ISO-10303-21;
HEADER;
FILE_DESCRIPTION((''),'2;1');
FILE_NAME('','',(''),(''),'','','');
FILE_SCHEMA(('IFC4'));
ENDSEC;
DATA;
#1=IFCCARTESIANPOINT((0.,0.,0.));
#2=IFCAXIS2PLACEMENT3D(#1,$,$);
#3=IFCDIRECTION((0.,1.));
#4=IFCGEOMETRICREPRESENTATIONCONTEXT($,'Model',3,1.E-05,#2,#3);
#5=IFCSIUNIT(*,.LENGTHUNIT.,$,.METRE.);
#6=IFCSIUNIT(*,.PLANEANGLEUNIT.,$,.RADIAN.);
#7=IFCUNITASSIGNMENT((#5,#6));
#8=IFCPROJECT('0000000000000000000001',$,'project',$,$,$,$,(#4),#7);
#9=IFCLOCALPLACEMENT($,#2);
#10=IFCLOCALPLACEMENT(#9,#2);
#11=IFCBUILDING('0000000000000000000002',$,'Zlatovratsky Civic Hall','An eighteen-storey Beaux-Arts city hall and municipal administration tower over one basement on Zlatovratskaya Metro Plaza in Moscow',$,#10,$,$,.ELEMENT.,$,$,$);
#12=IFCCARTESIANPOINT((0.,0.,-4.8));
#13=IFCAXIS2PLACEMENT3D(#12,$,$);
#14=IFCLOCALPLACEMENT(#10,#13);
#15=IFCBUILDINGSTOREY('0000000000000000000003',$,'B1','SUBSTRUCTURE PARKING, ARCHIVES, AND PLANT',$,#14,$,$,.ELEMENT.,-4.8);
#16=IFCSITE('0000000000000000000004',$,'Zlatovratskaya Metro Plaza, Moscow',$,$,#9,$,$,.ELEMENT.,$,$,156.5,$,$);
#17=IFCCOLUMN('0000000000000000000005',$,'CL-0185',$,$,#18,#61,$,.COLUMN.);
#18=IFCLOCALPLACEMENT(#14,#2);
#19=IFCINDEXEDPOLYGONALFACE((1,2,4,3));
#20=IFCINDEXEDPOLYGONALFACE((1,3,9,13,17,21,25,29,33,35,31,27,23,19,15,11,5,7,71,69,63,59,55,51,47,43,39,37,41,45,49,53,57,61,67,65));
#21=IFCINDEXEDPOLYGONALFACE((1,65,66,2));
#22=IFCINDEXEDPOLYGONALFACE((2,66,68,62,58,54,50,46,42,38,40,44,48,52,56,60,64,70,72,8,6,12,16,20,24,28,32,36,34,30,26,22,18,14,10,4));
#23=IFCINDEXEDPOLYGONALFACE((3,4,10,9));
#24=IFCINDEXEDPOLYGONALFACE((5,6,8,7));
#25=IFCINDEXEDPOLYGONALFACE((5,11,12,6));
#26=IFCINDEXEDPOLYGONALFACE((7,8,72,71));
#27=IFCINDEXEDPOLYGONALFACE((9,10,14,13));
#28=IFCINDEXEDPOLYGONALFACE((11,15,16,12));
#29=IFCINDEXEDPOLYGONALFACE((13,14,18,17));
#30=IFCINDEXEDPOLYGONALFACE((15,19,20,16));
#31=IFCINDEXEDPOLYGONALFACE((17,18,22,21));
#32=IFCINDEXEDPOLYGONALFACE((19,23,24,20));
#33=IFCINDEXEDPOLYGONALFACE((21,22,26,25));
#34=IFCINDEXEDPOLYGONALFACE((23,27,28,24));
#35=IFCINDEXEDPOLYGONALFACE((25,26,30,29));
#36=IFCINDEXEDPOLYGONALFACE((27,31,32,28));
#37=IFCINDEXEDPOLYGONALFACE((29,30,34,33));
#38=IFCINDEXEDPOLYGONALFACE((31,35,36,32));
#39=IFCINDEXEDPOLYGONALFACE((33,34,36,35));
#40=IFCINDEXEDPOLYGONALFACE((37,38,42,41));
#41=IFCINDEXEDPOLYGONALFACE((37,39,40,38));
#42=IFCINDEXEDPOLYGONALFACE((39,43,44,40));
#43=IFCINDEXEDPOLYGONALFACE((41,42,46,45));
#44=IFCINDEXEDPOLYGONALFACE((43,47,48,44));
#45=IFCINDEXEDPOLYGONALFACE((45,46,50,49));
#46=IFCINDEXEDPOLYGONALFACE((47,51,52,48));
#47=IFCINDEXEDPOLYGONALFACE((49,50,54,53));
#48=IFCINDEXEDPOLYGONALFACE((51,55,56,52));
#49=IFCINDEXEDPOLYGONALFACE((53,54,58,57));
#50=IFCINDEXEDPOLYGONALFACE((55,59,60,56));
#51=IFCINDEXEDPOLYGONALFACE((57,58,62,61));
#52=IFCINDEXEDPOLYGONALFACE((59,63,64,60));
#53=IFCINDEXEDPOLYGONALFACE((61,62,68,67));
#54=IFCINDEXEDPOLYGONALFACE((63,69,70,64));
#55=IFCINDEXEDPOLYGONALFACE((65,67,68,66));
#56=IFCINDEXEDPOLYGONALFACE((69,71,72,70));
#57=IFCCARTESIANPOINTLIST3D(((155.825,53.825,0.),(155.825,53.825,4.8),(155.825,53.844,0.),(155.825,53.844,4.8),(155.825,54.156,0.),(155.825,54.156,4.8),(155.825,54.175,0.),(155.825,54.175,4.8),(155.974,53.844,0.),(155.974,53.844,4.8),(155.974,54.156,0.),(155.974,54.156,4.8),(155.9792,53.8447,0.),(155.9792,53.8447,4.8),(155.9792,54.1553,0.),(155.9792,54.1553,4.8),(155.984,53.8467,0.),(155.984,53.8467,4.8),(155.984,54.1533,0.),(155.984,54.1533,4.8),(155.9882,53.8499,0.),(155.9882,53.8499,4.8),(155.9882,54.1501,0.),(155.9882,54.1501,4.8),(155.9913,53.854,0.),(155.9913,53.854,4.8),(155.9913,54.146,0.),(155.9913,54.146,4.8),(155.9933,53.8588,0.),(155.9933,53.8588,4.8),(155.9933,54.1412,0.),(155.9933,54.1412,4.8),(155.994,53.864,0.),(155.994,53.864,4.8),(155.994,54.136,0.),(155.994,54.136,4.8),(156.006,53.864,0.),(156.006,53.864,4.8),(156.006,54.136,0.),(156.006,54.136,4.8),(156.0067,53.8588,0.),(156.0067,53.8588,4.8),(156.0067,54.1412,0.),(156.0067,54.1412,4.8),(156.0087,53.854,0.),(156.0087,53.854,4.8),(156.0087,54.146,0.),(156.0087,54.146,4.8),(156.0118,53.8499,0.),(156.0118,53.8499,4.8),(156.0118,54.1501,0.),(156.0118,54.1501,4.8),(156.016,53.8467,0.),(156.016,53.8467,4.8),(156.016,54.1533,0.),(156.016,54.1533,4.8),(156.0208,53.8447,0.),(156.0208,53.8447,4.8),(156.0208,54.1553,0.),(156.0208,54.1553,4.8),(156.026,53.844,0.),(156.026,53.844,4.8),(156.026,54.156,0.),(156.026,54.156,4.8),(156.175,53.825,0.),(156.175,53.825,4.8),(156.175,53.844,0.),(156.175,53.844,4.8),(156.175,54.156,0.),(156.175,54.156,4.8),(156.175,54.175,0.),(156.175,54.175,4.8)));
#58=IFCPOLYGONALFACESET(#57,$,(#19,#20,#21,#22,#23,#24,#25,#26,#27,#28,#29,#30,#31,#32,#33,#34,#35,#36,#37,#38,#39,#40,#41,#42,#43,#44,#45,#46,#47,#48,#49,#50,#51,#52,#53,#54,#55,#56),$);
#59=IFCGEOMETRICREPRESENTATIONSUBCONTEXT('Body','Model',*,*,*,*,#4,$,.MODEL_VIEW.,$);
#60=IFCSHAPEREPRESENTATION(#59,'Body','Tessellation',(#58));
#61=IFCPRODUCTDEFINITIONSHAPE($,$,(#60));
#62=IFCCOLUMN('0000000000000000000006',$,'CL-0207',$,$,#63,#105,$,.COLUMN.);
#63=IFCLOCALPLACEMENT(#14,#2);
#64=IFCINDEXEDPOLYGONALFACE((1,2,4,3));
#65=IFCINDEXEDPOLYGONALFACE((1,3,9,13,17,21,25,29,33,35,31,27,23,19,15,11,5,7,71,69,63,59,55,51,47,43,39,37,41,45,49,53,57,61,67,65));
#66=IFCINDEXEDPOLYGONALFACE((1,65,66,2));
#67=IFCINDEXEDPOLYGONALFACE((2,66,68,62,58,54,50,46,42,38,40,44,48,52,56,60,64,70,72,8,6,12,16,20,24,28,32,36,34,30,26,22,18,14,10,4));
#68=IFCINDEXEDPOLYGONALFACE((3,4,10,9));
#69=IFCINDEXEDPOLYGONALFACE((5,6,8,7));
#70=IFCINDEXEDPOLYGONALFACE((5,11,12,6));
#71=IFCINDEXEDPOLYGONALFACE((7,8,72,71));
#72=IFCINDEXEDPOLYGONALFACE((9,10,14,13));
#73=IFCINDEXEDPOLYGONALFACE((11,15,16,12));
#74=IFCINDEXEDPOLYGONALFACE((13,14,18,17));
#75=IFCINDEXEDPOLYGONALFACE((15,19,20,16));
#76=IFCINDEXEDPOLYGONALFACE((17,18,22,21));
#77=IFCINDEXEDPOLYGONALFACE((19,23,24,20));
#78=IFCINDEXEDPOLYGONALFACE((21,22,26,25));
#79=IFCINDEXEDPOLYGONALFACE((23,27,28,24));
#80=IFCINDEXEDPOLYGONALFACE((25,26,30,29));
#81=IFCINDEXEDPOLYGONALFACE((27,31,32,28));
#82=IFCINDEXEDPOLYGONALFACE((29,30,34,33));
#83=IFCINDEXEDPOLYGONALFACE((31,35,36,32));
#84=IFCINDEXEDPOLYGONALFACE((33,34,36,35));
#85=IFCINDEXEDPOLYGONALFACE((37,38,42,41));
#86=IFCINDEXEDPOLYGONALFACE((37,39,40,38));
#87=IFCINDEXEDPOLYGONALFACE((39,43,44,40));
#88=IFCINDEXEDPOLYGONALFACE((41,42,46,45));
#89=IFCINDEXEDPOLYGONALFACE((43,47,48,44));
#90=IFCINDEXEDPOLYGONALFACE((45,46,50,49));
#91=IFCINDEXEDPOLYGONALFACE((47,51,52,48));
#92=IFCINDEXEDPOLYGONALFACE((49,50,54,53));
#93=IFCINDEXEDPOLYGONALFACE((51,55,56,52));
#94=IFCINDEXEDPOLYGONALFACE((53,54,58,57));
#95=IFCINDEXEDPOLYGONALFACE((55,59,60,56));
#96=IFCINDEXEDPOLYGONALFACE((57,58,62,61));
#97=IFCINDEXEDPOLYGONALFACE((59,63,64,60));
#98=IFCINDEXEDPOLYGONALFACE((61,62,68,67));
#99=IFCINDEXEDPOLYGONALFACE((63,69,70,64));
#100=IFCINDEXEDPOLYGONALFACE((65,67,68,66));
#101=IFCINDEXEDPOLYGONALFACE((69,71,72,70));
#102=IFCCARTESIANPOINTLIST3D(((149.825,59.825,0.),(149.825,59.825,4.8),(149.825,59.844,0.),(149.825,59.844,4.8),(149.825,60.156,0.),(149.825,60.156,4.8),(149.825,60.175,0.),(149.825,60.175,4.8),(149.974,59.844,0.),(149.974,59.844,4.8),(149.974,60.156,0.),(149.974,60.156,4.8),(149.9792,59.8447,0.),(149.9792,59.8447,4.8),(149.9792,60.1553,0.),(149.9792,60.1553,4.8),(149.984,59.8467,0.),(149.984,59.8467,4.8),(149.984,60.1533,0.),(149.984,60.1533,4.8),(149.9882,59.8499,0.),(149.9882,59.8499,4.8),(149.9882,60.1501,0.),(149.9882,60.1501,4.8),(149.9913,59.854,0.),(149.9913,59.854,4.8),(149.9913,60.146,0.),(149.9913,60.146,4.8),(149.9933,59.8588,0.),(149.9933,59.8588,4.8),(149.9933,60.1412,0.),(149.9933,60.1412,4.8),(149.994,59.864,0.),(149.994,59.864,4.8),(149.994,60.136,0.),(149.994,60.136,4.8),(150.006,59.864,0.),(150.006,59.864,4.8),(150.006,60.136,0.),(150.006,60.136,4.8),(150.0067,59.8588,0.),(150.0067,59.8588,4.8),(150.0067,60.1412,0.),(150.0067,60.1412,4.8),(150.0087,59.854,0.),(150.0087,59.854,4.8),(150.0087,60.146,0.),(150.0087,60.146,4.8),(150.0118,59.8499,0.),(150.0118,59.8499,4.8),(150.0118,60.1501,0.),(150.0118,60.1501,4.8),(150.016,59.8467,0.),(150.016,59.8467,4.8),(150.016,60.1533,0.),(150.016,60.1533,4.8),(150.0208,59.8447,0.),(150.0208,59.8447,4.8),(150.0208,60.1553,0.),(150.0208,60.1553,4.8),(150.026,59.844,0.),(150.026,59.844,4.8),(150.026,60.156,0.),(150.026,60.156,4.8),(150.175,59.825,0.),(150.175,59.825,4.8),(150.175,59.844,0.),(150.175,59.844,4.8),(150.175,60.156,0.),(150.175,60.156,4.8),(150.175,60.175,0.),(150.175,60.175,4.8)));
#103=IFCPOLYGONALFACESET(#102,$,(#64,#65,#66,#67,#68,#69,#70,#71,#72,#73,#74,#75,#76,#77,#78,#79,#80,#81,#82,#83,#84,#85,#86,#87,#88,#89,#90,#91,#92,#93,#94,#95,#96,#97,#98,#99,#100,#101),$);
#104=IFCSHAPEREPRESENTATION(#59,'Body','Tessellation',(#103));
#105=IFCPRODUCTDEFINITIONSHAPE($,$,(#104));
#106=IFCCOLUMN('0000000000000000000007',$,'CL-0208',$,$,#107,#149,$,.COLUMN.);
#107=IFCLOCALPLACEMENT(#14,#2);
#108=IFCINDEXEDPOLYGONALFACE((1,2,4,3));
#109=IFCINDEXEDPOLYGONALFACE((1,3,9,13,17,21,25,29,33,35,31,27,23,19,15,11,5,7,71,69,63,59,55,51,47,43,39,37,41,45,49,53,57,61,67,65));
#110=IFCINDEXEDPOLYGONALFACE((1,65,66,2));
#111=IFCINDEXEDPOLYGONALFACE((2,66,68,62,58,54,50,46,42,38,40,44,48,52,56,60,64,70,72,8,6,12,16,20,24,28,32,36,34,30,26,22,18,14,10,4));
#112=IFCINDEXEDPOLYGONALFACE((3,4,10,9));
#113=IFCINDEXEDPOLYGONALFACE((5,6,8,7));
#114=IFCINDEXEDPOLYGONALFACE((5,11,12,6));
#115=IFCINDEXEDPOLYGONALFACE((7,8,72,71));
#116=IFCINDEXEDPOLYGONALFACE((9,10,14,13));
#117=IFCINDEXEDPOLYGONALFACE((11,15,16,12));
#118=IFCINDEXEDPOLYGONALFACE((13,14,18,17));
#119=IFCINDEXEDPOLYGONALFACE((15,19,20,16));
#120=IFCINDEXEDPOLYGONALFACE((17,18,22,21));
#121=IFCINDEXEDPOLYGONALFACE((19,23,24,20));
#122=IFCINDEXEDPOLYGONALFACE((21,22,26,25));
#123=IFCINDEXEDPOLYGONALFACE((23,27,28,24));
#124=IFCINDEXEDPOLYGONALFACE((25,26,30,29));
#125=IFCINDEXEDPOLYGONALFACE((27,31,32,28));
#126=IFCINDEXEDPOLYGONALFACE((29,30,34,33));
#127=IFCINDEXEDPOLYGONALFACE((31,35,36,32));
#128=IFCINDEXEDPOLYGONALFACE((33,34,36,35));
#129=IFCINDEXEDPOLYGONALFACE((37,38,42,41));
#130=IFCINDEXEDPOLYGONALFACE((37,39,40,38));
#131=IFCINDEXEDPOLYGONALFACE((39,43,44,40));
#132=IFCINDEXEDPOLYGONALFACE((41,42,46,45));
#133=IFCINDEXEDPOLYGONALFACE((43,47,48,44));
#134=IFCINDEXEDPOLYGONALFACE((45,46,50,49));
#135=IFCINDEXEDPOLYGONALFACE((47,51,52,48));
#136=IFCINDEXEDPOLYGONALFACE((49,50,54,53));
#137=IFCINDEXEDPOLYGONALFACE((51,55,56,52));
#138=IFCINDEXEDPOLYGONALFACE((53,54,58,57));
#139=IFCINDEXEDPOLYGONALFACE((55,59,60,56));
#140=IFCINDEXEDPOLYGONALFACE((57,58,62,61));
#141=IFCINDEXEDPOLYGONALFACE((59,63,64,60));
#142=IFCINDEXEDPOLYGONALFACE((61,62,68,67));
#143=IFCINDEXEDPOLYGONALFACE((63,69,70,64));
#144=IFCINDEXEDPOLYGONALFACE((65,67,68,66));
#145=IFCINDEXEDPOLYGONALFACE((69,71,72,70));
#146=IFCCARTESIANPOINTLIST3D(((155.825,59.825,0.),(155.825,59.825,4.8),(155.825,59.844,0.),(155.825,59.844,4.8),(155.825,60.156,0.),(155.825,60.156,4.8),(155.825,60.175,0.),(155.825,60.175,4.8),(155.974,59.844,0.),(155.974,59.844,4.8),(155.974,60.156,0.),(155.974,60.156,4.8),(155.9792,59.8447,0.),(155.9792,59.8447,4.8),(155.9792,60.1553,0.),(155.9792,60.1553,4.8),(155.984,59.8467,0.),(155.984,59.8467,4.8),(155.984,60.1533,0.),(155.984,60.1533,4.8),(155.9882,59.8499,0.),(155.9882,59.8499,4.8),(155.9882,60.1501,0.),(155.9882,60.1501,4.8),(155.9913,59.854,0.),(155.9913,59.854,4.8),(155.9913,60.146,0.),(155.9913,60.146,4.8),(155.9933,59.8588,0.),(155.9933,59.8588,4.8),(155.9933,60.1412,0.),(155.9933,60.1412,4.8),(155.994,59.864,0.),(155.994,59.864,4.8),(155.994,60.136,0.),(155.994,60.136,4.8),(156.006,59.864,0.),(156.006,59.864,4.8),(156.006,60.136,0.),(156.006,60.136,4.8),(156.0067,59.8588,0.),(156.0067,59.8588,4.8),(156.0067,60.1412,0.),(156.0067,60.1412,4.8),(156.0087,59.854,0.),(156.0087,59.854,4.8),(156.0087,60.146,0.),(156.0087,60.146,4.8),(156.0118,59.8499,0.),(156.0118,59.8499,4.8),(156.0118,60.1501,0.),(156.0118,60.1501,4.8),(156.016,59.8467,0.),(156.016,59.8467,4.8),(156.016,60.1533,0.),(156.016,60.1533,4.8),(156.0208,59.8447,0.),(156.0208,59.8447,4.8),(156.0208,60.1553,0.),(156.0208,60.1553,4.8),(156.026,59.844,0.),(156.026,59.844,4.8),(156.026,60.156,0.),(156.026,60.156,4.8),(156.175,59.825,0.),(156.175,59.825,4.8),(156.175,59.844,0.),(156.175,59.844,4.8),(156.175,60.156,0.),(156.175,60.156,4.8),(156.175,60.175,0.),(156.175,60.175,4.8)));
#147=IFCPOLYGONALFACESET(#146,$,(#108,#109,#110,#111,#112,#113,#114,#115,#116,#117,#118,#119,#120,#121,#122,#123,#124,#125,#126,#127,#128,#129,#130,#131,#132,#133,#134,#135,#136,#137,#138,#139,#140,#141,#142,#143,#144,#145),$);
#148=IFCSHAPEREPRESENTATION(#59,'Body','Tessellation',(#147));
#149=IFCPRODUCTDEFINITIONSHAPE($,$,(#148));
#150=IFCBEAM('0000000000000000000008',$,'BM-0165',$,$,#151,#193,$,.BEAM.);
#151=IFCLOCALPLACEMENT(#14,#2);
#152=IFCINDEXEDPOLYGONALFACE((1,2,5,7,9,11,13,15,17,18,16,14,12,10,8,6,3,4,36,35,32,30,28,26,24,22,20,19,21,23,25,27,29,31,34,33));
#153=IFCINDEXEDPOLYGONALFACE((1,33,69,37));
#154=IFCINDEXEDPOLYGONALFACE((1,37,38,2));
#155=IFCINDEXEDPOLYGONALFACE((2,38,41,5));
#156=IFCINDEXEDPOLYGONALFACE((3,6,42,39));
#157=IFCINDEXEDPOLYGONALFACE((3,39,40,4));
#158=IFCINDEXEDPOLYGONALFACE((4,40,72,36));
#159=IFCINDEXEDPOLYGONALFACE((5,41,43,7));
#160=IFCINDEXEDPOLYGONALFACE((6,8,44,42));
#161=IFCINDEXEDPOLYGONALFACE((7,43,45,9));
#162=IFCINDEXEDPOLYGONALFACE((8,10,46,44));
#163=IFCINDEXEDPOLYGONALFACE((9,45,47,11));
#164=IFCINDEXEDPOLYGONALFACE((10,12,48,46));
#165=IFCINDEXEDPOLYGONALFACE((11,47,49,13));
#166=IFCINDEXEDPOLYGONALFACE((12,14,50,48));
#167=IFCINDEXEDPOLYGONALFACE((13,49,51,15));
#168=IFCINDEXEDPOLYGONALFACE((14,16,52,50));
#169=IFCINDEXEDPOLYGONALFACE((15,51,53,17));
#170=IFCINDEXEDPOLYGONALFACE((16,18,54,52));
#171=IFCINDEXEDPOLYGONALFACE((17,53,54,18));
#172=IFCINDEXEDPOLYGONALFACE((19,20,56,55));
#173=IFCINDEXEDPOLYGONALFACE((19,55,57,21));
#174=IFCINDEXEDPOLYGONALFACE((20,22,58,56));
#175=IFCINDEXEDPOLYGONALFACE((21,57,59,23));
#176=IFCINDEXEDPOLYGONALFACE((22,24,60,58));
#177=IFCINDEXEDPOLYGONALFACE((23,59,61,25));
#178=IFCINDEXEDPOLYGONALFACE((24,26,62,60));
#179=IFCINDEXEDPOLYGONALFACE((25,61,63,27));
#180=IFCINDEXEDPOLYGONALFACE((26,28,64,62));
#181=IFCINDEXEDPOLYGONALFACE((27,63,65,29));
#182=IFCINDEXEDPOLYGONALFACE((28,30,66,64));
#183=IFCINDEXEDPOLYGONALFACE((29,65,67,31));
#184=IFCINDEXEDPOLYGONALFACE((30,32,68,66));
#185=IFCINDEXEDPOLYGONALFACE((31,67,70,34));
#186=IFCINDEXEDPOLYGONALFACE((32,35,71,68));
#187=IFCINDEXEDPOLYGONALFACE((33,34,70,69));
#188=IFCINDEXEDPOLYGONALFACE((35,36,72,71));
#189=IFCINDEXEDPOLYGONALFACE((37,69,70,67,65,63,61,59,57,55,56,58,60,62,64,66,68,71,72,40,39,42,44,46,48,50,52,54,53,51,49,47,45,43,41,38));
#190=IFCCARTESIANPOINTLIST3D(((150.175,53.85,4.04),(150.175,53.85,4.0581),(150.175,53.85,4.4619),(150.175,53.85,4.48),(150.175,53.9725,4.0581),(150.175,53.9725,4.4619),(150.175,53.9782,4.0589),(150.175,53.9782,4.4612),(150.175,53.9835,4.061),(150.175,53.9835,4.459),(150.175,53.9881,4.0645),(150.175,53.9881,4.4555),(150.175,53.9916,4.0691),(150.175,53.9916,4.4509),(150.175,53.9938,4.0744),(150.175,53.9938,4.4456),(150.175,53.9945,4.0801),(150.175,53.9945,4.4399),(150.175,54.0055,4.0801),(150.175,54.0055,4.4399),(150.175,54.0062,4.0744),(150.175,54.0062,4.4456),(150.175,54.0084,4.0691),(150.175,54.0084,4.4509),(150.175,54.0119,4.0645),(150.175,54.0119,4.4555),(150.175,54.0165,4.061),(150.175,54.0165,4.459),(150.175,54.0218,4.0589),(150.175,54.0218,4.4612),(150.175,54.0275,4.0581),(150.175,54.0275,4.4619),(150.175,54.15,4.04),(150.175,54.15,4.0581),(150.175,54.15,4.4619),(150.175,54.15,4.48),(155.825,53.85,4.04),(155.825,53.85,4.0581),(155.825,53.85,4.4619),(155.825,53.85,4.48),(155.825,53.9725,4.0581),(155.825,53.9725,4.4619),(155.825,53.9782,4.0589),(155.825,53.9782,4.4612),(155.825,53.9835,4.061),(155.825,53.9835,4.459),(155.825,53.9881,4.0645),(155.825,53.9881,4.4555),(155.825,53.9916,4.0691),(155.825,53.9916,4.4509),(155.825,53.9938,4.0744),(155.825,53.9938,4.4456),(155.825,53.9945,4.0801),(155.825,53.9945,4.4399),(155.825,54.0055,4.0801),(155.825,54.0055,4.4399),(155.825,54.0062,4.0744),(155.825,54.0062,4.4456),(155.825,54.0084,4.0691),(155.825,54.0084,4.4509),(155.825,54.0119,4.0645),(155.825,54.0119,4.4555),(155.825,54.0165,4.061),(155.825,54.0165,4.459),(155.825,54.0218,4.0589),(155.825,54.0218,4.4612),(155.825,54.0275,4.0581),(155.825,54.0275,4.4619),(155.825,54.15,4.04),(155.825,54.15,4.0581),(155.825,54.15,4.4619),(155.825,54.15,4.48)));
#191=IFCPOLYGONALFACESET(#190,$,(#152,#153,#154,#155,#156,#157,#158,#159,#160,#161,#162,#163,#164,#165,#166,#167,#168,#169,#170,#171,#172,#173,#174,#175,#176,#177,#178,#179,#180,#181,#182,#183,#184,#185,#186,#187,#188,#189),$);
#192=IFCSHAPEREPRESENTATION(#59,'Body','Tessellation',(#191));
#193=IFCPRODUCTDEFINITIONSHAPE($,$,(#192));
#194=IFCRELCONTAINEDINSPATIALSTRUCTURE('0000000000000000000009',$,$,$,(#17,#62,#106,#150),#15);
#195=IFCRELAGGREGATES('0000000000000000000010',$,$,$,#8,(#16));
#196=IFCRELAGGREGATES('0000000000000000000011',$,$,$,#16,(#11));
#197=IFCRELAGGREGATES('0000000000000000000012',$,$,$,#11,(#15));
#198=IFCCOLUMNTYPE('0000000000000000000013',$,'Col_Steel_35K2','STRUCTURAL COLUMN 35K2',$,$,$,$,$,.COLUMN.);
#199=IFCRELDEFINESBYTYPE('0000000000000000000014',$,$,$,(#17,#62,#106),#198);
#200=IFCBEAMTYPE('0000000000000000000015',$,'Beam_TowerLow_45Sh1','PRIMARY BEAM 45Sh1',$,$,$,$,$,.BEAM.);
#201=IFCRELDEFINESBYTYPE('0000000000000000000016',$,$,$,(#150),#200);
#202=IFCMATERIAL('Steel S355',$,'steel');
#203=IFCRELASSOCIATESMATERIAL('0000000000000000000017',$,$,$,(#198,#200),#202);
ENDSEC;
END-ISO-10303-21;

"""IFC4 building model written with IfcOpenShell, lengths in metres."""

from ifc_helpers import new_model, si_unit, direction, frame, origin, origin_2d, place, context, subcontext, project, spatial, i_section, extrude, material, material_profile, profile_set, type_object, element, save


model = new_model("IFC4")

# Units and contexts
model_context = context("Model", 3, precision=1e-05, world=origin(), true_north=direction((0.0, 1.0)))
body_context = subcontext(model_context, "Body", "Model", "MODEL_VIEW")
ifc_project = project(units=[si_unit("LENGTHUNIT", "METRE"), si_unit("PLANEANGLEUNIT", "RADIAN")], contexts=[model_context])

# Site, building, storey
site_placement = place(None, origin())
site = spatial("IfcSite", under=ifc_project, at=site_placement, Name="Zlatovratskaya Metro Plaza, Moscow", CompositionType="ELEMENT", RefElevation=156.5)
building_placement = place(site_placement, origin())
building = spatial("IfcBuilding", under=site, at=building_placement, Name="Zlatovratsky Civic Hall", Description="An eighteen-storey Beaux-Arts city hall and municipal administration tower over one basement on Zlatovratskaya Metro Plaza in Moscow", CompositionType="ELEMENT")
storey_placement = place(building_placement, frame((0.0, 0.0, -4.8)))
storey = spatial("IfcBuildingStorey", under=building, at=storey_placement, Name="B1", Description="SUBSTRUCTURE PARKING, ARCHIVES, AND PLANT", CompositionType="ELEMENT", Elevation=-4.8)

# Columns
ifc_material_1 = material(Name="Steel S355", Category="steel")
ifc_material_profile_1 = material_profile(ifc_material_1, i_section(OverallWidth=0.3501, OverallDepth=0.3501, WebThickness=0.012, FlangeThickness=0.019, FilletRadius=0.02, at=origin_2d()), Name="35K2")
ifc_profile_set_1 = profile_set([ifc_material_profile_1], Name="Steel S355")
column_type = type_object("IfcColumnType", Name="Col_Steel_35K2", Description="STRUCTURAL COLUMN 35K2", PredefinedType="COLUMN", material=ifc_profile_set_1)
for number, where, z_axis, x_axis, name in (
    (1, (156.0, 54.0, 0.0), (0.0, 0.0, 1.0), (1.0, 0.0, 0.0), "CL-0185"),
    (2, (150.0, 60.0, 0.0), (0.0, 0.0, 1.0), (1.0, 0.0, 0.0), "CL-0207"),
    (3, (156.0, 60.0, 0.0), (0.0, 0.0, 1.0), (1.0, 0.0, 0.0), "CL-0208"),
):
    element("IfcColumn", number, at=place(storey_placement, frame(where, z_axis=z_axis, x_axis=x_axis)), inside=storey, type_object=column_type, Name=name, PredefinedType="COLUMN", context=body_context, shape_type="SweptSolid", body=[
        extrude(i_section(OverallWidth=0.3501, OverallDepth=0.3501, WebThickness=0.012, FlangeThickness=0.019, FilletRadius=0.02, at=origin_2d()), origin(), (0.0, 0.0, 1.0), 4.8),
    ])

# Beam
ifc_material_profile_2 = material_profile(ifc_material_1, i_section(OverallWidth=0.3, OverallDepth=0.4399, WebThickness=0.011, FlangeThickness=0.0181, FilletRadius=0.022, at=origin_2d()), Name="45Sh1")
ifc_profile_set_2 = profile_set([ifc_material_profile_2], Name="Steel S355")
beam_type = type_object("IfcBeamType", Name="Beam_TowerLow_45Sh1", Description="PRIMARY BEAM 45Sh1", PredefinedType="BEAM", material=ifc_profile_set_2)
for number, where, z_axis, x_axis, name in (
    (4, (150.175, 54.0, 4.26), (1.0, 0.0, 0.0), (0.0, 1.0, 0.0), "BM-0165"),
):
    element("IfcBeam", number, at=place(storey_placement, frame(where, z_axis=z_axis, x_axis=x_axis)), inside=storey, type_object=beam_type, Name=name, PredefinedType="BEAM", context=body_context, shape_type="SweptSolid", body=[
        extrude(i_section(OverallWidth=0.3, OverallDepth=0.4399, WebThickness=0.011, FlangeThickness=0.0181, FilletRadius=0.022, at=origin_2d()), origin(), (0.0, 0.0, 1.0), 5.6499),
    ])

save(model, "model.ifc")
